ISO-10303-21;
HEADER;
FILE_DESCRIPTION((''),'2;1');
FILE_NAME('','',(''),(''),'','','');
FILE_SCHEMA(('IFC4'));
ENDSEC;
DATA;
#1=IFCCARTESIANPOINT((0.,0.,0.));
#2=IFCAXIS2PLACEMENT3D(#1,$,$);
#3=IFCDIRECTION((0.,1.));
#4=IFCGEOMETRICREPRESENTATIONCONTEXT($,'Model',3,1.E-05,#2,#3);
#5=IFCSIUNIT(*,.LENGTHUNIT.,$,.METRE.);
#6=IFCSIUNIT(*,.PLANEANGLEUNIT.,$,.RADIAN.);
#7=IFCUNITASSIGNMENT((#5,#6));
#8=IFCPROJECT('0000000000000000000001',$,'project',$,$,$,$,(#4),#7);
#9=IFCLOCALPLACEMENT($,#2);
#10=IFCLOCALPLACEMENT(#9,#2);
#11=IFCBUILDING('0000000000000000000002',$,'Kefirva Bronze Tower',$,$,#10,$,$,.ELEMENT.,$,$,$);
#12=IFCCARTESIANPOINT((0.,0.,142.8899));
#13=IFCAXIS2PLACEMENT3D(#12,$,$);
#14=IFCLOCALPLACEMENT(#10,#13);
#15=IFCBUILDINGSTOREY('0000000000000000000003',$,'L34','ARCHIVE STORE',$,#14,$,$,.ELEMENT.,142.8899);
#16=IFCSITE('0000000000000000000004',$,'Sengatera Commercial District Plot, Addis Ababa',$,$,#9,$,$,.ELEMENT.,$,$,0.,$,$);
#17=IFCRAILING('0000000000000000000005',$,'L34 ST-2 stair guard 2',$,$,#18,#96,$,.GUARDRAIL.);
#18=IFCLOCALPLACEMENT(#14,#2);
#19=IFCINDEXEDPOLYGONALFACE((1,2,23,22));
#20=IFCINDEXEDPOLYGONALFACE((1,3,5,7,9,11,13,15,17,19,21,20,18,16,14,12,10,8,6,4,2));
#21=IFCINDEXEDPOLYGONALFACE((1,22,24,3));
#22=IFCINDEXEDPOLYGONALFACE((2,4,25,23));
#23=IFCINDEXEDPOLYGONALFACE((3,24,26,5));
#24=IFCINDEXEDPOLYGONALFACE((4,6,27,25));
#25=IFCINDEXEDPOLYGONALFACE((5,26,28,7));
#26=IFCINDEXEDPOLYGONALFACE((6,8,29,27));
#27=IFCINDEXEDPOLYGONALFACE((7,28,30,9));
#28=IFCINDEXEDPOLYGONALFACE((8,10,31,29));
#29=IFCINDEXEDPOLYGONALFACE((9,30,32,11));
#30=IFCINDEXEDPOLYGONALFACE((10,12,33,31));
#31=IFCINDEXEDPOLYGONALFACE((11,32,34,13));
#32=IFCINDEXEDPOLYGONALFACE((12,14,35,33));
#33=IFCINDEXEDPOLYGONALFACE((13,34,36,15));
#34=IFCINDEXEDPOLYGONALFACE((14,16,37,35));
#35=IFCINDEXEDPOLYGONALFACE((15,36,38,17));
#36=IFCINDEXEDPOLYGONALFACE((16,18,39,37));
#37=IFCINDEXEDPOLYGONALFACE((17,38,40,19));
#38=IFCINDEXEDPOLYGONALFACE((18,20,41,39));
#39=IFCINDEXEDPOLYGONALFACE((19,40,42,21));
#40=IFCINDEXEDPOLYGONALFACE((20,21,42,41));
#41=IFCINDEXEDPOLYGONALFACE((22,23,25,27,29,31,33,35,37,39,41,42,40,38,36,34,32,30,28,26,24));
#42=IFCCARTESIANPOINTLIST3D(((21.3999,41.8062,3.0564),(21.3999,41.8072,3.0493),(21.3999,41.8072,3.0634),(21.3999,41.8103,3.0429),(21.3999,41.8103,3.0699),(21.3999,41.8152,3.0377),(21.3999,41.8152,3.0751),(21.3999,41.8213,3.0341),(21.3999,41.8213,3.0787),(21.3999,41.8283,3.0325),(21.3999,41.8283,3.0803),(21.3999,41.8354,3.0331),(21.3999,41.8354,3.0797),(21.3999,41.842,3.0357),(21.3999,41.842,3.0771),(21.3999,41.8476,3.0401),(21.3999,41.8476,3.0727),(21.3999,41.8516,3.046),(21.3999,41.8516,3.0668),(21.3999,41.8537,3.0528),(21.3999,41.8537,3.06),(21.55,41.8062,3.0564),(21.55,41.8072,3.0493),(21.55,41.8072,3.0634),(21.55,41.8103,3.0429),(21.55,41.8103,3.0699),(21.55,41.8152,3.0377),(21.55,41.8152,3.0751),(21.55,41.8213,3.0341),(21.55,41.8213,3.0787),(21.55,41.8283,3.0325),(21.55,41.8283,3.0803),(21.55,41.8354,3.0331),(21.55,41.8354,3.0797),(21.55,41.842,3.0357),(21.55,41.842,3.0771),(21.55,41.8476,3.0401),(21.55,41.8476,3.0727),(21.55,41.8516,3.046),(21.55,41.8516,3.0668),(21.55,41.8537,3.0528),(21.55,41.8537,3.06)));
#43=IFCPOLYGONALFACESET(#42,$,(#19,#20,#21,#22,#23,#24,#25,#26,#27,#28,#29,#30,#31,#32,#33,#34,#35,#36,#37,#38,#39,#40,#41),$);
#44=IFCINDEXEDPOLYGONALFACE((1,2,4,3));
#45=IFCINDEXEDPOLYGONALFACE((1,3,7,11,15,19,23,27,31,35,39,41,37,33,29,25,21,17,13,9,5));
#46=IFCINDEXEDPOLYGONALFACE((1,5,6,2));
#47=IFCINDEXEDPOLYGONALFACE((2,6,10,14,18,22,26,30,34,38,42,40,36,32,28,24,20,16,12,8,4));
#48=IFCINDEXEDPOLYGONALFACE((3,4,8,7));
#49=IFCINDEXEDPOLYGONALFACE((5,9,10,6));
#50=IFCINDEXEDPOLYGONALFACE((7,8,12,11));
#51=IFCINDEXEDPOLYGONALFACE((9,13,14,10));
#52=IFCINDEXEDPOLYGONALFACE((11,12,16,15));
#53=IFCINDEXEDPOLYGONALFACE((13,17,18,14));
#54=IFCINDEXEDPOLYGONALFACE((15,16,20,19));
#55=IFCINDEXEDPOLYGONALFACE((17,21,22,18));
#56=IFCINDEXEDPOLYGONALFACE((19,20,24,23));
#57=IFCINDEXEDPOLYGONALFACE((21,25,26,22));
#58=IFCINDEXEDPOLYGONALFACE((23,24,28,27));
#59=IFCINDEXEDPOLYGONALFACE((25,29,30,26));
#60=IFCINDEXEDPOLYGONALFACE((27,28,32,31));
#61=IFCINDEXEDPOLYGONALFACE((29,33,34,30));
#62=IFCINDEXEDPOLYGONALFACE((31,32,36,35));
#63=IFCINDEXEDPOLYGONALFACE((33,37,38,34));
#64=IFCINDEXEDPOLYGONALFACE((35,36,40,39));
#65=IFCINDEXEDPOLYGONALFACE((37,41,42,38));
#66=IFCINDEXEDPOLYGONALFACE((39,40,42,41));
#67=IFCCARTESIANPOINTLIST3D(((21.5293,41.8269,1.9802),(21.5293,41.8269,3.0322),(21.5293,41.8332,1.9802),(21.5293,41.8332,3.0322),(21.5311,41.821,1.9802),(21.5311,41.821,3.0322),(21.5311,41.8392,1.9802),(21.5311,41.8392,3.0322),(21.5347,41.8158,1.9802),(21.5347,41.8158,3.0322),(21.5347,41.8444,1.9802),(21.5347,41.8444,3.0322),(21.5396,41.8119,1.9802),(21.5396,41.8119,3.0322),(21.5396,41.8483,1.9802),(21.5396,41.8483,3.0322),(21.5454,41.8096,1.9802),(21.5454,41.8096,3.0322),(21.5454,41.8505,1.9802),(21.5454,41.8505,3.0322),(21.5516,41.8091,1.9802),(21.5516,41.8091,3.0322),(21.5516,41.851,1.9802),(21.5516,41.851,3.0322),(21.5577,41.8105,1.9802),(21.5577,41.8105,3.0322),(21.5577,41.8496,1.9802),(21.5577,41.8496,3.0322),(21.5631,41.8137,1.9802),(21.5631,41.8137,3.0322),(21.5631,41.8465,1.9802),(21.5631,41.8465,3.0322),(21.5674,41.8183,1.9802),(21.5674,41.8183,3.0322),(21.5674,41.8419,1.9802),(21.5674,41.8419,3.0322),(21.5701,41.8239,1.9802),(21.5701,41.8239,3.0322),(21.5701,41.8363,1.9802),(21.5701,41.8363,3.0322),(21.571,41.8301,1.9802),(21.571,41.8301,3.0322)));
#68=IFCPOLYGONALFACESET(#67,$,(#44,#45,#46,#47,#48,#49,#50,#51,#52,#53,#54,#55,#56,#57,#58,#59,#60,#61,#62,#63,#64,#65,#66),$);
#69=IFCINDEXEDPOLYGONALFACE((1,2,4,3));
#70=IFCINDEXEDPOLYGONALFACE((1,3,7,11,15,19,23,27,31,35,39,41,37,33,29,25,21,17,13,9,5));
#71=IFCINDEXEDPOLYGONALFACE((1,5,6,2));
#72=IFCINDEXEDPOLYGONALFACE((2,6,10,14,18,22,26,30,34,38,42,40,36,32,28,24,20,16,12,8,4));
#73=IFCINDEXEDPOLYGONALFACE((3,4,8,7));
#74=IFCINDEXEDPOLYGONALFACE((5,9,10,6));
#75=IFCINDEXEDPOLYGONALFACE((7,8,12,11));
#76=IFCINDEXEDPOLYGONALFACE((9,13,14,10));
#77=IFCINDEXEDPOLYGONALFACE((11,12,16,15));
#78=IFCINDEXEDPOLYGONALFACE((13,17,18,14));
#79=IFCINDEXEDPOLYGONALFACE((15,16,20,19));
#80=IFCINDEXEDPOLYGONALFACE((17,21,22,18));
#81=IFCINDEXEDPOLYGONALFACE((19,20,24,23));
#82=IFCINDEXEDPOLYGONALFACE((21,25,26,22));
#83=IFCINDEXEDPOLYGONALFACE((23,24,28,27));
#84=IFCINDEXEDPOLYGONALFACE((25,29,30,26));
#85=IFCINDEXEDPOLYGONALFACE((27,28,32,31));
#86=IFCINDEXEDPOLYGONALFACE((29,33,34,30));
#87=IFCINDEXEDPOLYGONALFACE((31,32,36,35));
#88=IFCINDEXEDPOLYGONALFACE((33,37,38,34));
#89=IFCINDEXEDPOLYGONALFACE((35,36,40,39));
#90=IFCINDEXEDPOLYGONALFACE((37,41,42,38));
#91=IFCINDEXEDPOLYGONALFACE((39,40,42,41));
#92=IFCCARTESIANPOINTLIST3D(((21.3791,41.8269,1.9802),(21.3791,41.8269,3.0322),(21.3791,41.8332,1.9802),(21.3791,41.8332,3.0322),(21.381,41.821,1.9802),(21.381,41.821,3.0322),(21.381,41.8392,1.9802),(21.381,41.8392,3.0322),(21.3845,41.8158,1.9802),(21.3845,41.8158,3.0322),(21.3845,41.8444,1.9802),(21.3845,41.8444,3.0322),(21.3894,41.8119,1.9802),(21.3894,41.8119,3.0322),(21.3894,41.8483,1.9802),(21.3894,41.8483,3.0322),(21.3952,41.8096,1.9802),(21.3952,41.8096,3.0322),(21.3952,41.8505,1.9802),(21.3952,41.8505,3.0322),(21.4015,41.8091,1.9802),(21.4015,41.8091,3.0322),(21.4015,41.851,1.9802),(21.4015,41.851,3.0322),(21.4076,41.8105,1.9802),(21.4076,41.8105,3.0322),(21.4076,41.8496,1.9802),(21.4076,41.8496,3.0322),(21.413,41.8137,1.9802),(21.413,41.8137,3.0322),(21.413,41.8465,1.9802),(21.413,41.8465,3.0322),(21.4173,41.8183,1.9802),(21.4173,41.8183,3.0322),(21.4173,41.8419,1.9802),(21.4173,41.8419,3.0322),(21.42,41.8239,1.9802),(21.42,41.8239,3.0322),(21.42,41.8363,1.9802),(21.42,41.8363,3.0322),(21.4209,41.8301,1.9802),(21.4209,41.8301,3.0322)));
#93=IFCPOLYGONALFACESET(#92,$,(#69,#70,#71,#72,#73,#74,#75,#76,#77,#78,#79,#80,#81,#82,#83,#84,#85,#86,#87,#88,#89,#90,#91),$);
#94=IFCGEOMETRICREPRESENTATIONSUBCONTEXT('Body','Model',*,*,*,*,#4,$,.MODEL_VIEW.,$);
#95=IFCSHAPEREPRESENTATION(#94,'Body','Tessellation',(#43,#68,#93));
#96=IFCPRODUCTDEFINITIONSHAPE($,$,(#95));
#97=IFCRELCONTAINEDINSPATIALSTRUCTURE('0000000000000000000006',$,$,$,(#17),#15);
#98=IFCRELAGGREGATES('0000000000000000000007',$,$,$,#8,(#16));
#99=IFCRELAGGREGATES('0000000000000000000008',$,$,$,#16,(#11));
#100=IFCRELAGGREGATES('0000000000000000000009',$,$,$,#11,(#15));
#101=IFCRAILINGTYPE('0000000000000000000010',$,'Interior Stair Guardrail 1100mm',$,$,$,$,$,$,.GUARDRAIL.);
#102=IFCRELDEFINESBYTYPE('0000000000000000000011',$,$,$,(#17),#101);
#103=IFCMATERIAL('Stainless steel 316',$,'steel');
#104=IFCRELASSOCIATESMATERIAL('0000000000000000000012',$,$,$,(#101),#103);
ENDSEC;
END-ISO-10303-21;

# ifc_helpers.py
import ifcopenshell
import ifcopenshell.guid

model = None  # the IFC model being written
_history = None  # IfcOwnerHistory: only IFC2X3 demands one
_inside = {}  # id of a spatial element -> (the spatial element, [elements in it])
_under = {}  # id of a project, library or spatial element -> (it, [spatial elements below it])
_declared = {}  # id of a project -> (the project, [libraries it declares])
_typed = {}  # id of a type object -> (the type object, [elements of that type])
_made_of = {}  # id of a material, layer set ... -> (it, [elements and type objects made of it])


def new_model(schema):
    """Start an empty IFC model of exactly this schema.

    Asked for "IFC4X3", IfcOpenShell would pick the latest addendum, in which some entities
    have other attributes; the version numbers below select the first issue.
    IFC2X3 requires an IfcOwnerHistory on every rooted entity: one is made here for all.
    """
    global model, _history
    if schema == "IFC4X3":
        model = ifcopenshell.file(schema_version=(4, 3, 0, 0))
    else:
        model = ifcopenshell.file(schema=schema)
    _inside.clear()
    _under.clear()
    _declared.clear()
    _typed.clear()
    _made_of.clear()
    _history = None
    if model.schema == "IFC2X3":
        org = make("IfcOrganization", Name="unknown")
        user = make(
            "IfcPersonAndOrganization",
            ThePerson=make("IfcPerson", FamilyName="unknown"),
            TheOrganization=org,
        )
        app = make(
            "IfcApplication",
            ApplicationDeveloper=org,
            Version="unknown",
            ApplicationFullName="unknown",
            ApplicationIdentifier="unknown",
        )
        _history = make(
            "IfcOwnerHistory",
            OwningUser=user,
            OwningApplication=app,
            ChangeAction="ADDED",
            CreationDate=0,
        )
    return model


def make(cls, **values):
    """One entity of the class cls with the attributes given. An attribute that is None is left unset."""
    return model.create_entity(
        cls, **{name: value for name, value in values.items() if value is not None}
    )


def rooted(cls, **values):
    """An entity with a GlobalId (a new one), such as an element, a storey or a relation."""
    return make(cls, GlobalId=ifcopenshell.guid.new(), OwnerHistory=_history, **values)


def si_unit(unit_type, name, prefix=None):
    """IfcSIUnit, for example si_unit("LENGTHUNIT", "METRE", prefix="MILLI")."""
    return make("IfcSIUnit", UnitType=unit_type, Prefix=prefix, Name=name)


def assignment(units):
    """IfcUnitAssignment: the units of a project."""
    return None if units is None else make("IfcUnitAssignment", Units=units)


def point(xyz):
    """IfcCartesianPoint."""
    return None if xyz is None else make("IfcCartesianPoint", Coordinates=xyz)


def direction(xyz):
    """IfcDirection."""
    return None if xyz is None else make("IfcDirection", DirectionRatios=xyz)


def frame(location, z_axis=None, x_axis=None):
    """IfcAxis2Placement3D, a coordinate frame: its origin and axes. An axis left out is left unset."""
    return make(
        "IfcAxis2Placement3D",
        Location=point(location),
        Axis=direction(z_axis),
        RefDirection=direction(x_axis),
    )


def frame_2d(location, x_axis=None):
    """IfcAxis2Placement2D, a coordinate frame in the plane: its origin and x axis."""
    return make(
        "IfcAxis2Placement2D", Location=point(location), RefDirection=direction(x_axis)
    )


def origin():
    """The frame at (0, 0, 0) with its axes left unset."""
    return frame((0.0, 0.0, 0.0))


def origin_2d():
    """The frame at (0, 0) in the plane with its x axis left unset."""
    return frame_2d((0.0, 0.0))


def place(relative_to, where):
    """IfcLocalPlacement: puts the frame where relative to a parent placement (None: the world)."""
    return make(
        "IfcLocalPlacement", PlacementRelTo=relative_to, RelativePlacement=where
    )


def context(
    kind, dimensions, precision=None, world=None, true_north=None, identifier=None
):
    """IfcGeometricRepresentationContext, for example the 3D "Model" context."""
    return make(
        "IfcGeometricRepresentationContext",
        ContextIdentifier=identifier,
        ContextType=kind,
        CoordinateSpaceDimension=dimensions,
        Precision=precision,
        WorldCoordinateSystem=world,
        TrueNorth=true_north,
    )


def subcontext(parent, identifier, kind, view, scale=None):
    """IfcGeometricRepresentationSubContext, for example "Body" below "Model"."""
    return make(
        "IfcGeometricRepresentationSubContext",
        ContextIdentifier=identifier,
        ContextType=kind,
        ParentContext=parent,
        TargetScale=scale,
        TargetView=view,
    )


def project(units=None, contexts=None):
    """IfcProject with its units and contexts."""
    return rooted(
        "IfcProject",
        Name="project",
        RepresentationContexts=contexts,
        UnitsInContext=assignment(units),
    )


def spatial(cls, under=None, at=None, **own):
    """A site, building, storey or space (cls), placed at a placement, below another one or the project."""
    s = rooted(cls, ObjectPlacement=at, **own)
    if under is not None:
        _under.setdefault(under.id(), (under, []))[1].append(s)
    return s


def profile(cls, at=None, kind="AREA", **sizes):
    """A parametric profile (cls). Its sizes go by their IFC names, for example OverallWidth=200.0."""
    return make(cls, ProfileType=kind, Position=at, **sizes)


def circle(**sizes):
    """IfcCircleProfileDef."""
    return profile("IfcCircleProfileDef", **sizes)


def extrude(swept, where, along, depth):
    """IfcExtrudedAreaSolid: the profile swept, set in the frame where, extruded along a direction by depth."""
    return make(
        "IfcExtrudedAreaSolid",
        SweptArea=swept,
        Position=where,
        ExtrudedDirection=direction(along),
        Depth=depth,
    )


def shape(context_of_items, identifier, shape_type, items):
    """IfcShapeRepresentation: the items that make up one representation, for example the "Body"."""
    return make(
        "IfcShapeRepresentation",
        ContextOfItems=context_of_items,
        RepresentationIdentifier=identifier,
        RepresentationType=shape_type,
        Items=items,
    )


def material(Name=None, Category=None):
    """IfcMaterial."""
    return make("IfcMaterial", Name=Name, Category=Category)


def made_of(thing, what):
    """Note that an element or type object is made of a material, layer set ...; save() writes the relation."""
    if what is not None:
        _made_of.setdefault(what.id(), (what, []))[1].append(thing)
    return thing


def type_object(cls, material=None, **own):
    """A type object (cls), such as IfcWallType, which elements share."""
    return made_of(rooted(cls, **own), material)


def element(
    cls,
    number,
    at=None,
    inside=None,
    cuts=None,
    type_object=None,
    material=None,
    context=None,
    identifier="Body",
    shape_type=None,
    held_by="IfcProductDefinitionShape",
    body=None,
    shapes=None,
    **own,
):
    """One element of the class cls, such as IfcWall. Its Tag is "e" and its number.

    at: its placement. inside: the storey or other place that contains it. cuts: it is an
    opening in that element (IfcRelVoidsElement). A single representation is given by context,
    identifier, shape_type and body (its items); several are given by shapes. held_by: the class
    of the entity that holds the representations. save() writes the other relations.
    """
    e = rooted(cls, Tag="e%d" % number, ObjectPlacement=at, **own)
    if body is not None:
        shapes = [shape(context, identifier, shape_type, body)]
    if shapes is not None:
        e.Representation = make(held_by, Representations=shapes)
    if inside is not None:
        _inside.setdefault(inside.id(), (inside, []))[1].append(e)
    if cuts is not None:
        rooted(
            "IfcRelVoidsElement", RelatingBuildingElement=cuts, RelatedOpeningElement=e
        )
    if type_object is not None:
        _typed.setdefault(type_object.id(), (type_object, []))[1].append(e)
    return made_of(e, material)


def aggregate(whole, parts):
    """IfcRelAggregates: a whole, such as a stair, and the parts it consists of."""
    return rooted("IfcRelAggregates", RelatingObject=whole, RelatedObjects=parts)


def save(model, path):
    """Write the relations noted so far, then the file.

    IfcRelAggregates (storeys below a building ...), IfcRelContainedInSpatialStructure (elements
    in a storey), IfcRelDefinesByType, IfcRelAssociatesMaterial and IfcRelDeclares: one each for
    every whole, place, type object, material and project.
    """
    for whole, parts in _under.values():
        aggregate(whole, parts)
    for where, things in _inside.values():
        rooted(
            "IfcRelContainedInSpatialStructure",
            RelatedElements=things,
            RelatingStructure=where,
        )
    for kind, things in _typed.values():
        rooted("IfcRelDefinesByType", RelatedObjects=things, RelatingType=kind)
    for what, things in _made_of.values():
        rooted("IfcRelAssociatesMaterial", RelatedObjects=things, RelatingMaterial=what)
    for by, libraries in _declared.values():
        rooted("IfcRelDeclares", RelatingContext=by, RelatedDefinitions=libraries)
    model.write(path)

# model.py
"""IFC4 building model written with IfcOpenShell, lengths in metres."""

from ifc_helpers import new_model, si_unit, direction, frame, origin, origin_2d, place, context, subcontext, project, spatial, circle, extrude, material, type_object, element, save


model = new_model("IFC4")

# Units and contexts
model_context = context("Model", 3, precision=1e-05, world=origin(), true_north=direction((0.0, 1.0)))
body_context = subcontext(model_context, "Body", "Model", "MODEL_VIEW")
ifc_project = project(units=[si_unit("LENGTHUNIT", "METRE"), si_unit("PLANEANGLEUNIT", "RADIAN")], contexts=[model_context])

# Site, building, storey
site_placement = place(None, origin())
site = spatial("IfcSite", under=ifc_project, at=site_placement, Name="Sengatera Commercial District Plot, Addis Ababa", CompositionType="ELEMENT", RefElevation=0.0)
building_placement = place(site_placement, origin())
building = spatial("IfcBuilding", under=site, at=building_placement, Name="Kefirva Bronze Tower", CompositionType="ELEMENT")
storey_placement = place(building_placement, frame((0.0, 0.0, 142.8899)))
storey = spatial("IfcBuildingStorey", under=building, at=storey_placement, Name="L34", Description="ARCHIVE STORE", CompositionType="ELEMENT", Elevation=142.8899)

# Railing
ifc_material_1 = material(Name="Stainless steel 316", Category="steel")
railing_type_1 = type_object("IfcRailingType", Name="Interior Stair Guardrail 1100mm", PredefinedType="GUARDRAIL", material=ifc_material_1)
railing_1_placement = place(storey_placement, frame((21.55, 41.8301, 1.9802)))
element("IfcRailing", 1, at=railing_1_placement, inside=storey, type_object=railing_type_1, Name="L34 ST-2 stair guard 2", PredefinedType="GUARDRAIL", context=body_context, shape_type="SweptSolid", body=[
    extrude(circle(Radius=0.0239, at=origin_2d()), frame((0.0, 0.0, 1.0762), z_axis=(-1.0, 0.0, 0.0), x_axis=(0.0, -1.0, 0.0)), (0.0, 0.0, 1.0), 0.1501),
    extrude(circle(Radius=0.021, at=origin_2d()), origin(), (0.0, 0.0, 1.0), 1.052),
    extrude(circle(Radius=0.021, at=origin_2d()), frame((-0.1501, 0.0, 0.0)), (0.0, 0.0, 1.0), 1.052),
])

save(model, "model.ifc")
